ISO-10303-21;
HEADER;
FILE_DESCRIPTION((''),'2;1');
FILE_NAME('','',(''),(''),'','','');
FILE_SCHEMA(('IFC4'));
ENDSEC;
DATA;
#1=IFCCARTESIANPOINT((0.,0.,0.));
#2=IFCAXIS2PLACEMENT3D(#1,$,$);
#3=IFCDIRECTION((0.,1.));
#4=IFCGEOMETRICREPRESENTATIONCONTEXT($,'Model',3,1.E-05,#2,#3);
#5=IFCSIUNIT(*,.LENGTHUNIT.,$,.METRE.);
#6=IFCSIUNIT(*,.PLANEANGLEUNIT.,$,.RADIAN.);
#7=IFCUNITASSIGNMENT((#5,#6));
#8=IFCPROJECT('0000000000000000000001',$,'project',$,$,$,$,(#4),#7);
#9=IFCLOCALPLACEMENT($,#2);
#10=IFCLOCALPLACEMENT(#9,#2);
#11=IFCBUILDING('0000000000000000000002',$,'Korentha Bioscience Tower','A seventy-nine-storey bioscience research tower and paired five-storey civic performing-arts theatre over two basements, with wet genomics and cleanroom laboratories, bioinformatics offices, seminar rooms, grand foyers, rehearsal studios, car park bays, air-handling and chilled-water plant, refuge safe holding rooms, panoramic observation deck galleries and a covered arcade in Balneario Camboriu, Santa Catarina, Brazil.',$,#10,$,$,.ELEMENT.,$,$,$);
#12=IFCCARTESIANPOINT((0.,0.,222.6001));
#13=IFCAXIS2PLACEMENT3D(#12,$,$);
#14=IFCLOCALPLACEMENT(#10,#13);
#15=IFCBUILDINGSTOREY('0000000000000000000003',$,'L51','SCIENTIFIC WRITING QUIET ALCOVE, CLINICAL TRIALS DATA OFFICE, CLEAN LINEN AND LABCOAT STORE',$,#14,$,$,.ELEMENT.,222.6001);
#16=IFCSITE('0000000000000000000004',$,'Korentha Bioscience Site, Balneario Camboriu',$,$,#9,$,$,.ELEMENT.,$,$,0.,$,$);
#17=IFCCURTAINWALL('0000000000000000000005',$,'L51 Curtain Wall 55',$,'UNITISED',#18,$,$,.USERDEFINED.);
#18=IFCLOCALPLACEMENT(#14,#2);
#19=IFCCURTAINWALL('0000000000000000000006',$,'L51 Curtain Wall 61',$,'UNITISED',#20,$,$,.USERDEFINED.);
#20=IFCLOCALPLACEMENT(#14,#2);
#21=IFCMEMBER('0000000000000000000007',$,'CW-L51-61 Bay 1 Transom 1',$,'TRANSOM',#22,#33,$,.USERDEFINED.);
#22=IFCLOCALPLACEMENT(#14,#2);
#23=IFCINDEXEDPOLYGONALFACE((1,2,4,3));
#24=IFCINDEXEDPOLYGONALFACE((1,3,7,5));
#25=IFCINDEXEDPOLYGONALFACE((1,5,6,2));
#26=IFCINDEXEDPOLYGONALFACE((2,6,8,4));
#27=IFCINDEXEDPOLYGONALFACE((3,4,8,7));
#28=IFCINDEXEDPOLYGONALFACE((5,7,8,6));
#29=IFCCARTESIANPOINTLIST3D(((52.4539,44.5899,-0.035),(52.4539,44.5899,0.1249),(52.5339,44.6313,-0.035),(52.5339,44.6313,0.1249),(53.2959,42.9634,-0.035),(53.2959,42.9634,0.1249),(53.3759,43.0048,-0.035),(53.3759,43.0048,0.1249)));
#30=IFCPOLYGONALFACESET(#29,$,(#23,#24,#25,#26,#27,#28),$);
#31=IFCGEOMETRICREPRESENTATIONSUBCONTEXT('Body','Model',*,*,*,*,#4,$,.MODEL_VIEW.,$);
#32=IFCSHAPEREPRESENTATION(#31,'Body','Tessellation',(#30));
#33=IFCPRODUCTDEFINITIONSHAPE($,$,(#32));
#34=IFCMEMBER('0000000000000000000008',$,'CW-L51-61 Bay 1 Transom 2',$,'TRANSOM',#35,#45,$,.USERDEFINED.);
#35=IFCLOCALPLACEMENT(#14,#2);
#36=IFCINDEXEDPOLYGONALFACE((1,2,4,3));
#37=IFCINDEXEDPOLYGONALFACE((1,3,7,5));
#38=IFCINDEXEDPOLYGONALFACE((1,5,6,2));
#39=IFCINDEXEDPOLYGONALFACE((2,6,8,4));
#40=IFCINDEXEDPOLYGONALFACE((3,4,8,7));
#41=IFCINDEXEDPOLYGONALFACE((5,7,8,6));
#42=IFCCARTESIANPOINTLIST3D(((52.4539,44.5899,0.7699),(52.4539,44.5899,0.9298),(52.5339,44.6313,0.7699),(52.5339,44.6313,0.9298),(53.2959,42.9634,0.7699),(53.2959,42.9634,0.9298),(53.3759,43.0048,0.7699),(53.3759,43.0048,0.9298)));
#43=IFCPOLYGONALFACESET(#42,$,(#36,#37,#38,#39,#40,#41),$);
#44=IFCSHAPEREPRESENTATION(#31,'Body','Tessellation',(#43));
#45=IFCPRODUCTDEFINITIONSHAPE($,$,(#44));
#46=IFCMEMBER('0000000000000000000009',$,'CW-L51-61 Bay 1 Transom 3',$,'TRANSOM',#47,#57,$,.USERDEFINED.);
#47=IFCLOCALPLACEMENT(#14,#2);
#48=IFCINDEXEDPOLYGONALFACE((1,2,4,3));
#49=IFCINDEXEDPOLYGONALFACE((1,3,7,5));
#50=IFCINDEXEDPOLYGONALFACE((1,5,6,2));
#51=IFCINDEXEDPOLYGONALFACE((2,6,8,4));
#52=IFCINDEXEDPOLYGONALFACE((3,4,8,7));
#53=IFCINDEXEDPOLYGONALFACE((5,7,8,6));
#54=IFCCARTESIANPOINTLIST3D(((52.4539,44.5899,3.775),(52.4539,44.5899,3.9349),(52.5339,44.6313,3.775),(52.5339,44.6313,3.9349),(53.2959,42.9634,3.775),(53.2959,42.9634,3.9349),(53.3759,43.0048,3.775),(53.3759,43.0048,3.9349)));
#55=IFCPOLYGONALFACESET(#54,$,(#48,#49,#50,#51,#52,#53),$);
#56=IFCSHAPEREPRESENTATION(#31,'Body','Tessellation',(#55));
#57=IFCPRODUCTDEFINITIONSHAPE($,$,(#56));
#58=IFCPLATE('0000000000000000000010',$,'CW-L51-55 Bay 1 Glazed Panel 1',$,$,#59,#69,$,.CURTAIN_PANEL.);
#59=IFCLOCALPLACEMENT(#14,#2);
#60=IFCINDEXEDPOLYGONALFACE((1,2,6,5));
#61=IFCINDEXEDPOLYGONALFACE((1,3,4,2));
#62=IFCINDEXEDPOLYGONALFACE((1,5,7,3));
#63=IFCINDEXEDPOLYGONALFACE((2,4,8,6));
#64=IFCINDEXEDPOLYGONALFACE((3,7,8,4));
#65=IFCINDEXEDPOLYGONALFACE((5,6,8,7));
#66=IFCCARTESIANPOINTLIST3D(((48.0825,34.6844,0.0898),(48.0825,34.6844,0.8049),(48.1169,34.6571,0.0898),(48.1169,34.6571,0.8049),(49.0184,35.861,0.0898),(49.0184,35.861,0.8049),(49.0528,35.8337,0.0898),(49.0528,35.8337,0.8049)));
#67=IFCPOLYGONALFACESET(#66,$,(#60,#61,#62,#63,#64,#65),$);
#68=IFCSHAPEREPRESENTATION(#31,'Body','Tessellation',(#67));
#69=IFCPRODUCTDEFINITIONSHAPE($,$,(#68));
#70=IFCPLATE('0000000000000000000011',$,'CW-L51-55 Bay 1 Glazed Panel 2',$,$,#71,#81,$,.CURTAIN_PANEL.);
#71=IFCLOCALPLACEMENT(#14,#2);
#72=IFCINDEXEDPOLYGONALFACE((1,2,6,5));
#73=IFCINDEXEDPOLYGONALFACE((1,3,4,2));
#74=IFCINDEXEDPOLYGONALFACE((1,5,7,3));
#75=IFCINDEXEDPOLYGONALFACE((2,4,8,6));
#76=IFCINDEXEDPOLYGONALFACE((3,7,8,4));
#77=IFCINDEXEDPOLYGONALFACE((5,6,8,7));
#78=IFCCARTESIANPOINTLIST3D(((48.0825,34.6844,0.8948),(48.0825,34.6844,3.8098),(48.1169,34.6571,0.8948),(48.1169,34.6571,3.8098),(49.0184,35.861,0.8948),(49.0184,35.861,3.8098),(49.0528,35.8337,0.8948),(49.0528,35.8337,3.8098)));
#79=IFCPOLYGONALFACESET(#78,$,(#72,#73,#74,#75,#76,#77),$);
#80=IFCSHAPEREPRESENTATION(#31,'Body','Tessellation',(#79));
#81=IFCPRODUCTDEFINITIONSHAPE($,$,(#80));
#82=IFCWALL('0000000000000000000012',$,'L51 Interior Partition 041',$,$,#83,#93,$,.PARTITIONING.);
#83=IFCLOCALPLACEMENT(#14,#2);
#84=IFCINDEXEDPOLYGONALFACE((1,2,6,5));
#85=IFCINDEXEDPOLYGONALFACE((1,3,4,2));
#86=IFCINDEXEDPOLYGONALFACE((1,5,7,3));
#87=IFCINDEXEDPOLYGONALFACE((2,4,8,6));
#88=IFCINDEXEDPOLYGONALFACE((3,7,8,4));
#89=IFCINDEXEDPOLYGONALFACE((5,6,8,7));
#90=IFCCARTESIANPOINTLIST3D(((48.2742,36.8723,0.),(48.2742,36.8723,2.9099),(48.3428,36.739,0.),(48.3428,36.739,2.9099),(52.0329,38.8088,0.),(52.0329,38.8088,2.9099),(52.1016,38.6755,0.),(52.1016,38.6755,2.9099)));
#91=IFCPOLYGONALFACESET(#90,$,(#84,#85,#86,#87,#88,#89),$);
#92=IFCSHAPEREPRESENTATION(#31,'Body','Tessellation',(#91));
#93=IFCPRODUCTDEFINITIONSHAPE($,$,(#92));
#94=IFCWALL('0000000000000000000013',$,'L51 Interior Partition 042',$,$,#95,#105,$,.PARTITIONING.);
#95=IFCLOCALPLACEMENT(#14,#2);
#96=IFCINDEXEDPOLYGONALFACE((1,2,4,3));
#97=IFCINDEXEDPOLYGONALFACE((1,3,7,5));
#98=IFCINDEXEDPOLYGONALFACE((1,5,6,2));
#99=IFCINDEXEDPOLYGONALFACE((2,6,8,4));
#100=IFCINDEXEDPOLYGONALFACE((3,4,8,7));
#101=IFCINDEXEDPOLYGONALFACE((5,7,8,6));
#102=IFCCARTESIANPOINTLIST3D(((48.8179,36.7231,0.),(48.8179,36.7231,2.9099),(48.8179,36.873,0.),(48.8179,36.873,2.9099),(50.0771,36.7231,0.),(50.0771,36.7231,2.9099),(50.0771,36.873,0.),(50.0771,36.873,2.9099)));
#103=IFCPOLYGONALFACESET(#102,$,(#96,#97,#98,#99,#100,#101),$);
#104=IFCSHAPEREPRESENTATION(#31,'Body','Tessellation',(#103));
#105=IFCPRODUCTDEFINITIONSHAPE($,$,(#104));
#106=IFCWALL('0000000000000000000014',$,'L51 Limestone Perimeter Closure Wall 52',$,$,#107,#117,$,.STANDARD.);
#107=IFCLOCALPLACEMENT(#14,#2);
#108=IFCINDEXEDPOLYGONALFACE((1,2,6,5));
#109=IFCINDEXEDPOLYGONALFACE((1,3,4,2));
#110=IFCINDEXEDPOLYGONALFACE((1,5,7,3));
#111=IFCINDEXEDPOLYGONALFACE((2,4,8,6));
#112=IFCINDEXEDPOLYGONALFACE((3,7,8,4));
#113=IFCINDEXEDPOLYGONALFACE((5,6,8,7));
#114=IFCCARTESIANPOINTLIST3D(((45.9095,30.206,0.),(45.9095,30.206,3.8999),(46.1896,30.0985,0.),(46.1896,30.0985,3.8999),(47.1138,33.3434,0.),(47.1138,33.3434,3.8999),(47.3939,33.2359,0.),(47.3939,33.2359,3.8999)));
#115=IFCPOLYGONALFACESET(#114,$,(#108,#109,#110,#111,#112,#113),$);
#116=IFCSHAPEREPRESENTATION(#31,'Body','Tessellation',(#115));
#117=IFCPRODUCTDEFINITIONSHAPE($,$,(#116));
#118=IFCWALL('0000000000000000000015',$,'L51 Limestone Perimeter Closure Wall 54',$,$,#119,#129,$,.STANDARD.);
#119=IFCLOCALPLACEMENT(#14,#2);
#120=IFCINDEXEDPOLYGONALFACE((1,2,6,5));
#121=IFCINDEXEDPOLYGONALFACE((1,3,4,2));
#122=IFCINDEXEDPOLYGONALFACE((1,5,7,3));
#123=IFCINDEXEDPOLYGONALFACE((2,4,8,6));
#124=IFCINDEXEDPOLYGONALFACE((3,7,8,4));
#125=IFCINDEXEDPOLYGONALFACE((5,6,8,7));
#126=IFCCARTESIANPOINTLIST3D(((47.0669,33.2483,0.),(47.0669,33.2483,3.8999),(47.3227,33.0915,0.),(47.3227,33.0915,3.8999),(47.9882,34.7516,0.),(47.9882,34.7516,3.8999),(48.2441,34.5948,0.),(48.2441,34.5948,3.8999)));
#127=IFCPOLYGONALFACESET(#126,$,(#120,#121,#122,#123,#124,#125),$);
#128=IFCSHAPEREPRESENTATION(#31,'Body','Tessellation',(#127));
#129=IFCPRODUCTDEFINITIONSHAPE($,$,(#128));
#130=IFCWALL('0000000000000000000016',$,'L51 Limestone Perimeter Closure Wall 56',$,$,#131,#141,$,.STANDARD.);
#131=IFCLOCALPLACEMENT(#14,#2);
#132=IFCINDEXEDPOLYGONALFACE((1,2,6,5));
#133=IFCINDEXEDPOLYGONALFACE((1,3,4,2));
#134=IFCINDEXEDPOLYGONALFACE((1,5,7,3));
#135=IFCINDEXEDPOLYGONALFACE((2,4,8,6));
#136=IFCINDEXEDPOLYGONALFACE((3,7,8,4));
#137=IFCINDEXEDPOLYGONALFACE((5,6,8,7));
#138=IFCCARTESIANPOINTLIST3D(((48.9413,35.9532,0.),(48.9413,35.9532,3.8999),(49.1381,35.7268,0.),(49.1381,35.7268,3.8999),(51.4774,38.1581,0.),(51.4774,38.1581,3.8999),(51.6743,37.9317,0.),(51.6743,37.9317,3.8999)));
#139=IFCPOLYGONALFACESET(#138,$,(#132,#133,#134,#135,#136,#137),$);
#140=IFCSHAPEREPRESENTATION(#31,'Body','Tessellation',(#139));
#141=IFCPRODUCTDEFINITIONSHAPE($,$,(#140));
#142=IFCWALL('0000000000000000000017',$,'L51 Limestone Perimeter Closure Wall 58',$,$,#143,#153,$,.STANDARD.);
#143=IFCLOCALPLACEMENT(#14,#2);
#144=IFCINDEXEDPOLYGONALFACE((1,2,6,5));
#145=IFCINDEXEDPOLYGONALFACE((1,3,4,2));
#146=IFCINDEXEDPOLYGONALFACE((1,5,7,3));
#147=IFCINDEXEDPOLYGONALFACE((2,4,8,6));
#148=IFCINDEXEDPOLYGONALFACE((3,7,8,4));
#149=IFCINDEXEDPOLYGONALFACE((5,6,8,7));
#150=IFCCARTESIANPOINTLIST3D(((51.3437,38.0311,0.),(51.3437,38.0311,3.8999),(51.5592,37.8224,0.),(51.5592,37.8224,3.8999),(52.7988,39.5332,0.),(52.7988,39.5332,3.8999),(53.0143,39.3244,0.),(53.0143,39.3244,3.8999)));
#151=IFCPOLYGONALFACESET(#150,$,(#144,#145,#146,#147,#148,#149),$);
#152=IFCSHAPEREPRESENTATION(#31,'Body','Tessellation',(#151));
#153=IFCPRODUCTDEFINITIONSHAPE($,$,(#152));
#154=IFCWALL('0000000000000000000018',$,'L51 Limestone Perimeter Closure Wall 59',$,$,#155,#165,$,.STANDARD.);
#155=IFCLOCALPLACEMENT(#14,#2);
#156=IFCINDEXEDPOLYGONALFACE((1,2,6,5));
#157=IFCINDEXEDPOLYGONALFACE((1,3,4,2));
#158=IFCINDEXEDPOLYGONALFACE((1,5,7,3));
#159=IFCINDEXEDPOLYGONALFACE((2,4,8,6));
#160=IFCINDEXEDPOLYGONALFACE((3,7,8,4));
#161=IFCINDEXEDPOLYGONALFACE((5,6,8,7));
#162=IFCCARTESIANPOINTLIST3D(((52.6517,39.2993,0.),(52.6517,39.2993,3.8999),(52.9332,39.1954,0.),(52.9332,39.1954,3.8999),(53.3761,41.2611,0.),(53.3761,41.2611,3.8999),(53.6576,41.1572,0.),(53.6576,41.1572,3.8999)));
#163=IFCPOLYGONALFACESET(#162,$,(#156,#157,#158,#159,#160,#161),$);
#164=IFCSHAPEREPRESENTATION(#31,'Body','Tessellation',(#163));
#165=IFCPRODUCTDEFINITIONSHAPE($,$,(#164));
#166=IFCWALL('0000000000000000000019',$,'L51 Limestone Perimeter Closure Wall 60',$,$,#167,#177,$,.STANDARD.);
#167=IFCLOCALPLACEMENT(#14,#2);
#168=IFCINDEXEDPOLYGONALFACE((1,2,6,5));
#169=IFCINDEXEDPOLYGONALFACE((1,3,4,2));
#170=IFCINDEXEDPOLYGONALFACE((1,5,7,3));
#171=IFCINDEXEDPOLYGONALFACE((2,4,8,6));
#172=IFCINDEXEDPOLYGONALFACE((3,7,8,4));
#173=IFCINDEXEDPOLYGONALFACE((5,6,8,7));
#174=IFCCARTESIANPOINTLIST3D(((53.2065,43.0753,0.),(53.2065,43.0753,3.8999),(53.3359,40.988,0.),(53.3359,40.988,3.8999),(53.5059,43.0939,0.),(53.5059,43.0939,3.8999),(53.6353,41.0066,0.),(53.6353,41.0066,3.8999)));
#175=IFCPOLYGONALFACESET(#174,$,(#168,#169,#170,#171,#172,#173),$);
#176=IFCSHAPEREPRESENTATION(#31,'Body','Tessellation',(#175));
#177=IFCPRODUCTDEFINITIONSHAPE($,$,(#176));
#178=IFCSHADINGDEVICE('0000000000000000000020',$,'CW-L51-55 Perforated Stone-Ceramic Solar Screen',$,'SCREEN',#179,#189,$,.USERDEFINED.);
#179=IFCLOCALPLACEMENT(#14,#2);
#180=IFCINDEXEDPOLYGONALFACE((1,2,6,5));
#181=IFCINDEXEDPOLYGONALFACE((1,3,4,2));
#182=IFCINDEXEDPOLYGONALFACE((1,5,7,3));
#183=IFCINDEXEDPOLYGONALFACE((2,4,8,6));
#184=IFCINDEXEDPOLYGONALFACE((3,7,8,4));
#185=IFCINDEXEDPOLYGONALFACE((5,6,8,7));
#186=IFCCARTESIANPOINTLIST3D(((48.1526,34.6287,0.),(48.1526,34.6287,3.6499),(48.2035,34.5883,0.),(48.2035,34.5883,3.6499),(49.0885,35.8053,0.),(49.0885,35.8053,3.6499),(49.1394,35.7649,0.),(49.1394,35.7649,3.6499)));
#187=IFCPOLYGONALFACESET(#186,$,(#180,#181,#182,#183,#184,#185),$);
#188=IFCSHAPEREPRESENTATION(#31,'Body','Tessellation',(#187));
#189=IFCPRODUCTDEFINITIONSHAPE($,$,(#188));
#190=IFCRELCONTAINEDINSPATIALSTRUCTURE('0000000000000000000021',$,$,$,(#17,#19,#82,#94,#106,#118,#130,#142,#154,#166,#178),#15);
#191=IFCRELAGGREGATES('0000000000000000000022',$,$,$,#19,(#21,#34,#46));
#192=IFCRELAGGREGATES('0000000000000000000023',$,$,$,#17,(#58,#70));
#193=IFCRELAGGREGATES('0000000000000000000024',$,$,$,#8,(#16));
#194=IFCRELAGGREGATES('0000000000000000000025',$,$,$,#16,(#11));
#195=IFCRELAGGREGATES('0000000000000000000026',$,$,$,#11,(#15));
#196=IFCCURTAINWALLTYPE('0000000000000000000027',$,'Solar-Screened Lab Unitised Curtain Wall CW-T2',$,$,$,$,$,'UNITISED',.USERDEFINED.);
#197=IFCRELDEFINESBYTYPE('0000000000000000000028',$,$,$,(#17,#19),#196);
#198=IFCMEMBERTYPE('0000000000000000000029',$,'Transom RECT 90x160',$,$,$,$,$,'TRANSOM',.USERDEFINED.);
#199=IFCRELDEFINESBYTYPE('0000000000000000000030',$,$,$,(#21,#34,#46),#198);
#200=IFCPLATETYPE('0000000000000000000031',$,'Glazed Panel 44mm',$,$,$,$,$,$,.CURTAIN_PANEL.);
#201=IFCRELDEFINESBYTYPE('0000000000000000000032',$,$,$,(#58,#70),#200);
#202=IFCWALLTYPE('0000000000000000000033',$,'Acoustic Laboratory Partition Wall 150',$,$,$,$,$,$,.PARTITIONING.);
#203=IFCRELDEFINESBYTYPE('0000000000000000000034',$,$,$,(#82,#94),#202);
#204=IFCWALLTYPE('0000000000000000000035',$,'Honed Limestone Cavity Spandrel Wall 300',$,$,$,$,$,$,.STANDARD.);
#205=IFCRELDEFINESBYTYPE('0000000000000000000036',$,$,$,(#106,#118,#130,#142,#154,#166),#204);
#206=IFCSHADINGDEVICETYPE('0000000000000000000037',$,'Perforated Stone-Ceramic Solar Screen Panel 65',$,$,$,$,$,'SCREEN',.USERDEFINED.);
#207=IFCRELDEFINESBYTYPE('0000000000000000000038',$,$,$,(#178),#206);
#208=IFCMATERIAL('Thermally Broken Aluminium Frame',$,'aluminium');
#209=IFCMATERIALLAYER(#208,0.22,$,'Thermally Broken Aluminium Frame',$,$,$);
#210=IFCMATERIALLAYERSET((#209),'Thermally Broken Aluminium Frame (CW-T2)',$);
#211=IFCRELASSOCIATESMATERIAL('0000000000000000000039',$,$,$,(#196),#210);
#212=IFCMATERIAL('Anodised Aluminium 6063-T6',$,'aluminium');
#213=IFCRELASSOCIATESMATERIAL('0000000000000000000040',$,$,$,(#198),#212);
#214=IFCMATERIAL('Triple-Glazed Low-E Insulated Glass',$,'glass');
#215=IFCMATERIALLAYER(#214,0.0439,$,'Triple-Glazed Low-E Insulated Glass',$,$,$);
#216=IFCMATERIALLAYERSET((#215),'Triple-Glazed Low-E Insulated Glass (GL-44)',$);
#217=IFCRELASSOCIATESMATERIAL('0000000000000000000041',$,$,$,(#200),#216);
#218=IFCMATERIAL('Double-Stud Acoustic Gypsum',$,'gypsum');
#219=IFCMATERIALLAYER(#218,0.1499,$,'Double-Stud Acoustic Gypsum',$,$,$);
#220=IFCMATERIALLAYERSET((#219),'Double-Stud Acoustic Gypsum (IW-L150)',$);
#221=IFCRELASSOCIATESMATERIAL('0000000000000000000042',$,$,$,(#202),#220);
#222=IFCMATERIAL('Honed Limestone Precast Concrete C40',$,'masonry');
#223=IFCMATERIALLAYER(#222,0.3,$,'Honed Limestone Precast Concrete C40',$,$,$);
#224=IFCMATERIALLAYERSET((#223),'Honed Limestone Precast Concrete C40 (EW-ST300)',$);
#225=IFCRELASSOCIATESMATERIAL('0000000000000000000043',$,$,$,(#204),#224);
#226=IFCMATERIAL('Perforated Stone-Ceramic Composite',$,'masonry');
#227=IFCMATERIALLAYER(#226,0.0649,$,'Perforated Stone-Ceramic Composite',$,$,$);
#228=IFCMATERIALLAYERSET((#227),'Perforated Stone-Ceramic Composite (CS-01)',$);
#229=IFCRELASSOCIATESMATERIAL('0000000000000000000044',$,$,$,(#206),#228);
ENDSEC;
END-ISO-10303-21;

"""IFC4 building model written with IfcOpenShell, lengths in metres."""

from ifc_helpers import new_model, si_unit, direction, frame, frame_2d, origin, origin_2d, place, context, subcontext, project, spatial, rectangle, extrude, material, layer, layer_set, material_profile, profile_set, type_object, element, aggregate, save


model = new_model("IFC4")

# Units and contexts
model_context = context("Model", 3, precision=1e-05, world=origin(), true_north=direction((0.0, 1.0)))
body_context = subcontext(model_context, "Body", "Model", "MODEL_VIEW")
ifc_project = project(units=[si_unit("LENGTHUNIT", "METRE"), si_unit("PLANEANGLEUNIT", "RADIAN")], contexts=[model_context])

# Site, building, storey
site_placement = place(None, origin())
site = spatial("IfcSite", under=ifc_project, at=site_placement, Name="Korentha Bioscience Site, Balneario Camboriu", CompositionType="ELEMENT", RefElevation=0.0)
building_placement = place(site_placement, origin())
building = spatial("IfcBuilding", under=site, at=building_placement, Name="Korentha Bioscience Tower", Description="A seventy-nine-storey bioscience research tower and paired five-storey civic performing-arts theatre over two basements, with wet genomics and cleanroom laboratories, bioinformatics offices, seminar rooms, grand foyers, rehearsal studios, car park bays, air-handling and chilled-water plant, refuge safe holding rooms, panoramic observation deck galleries and a covered arcade in Balneario Camboriu, Santa Catarina, Brazil.", CompositionType="ELEMENT")
storey_placement = place(building_placement, frame((0.0, 0.0, 222.6001)))
storey = spatial("IfcBuildingStorey", under=building, at=storey_placement, Name="L51", Description="SCIENTIFIC WRITING QUIET ALCOVE, CLINICAL TRIALS DATA OFFICE, CLEAN LINEN AND LABCOAT STORE", CompositionType="ELEMENT", Elevation=222.6001)

# Curtain wall
ifc_material_1 = material(Name="Thermally Broken Aluminium Frame", Category="aluminium")
ifc_layer_1 = layer(ifc_material_1, 0.22, Name="Thermally Broken Aluminium Frame")
ifc_layer_set_1 = layer_set([ifc_layer_1], Name="Thermally Broken Aluminium Frame (CW-T2)")
curtain_wall_type = type_object("IfcCurtainWallType", Name="Solar-Screened Lab Unitised Curtain Wall CW-T2", ElementType="UNITISED", PredefinedType="USERDEFINED", material=ifc_layer_set_1)
curtain_wall_1_placement = place(storey_placement, origin())
curtain_wall_1 = element("IfcCurtainWall", 1, at=curtain_wall_1_placement, inside=storey, type_object=curtain_wall_type, Name="L51 Curtain Wall 55", ObjectType="UNITISED", PredefinedType="USERDEFINED")
ifc_material_2 = material(Name="Anodised Aluminium 6063-T6", Category="aluminium")

# Curtain wall
curtain_wall_2_placement = place(storey_placement, origin())
curtain_wall_2 = element("IfcCurtainWall", 2, at=curtain_wall_2_placement, inside=storey, type_object=curtain_wall_type, Name="L51 Curtain Wall 61", ObjectType="UNITISED", PredefinedType="USERDEFINED")

# Members
ifc_material_profile_1 = material_profile(ifc_material_2, rectangle(XDim=0.0901, YDim=0.1599, at=origin_2d()), Name="Anodised Aluminium 6063-T6")
ifc_profile_set_1 = profile_set([ifc_material_profile_1], Name="Anodised Aluminium 6063-T6 (CW-TRN)")
member_type_1 = type_object("IfcMemberType", Name="Transom RECT 90x160", ElementType="TRANSOM", PredefinedType="USERDEFINED", material=ifc_profile_set_1)
member_1_placement = place(storey_placement, frame((53.3359, 42.9841, 0.0449), z_axis=(-0.459753, 0.888047, 0.0), x_axis=(-0.888047, -0.459753, 0.0)))
member_1 = element("IfcMember", 3, at=member_1_placement, type_object=member_type_1, Name="CW-L51-61 Bay 1 Transom 1", ObjectType="TRANSOM", PredefinedType="USERDEFINED", context=body_context, shape_type="SweptSolid", body=[
    extrude(rectangle(XDim=0.0901, YDim=0.1599, at=origin_2d()), origin(), (0.0, 0.0, 1.0), 1.8315),
])
member_2_placement = place(storey_placement, frame((53.3359, 42.9841, 0.8499), z_axis=(-0.459753, 0.888047, 0.0), x_axis=(-0.888047, -0.459753, 0.0)))
member_2 = element("IfcMember", 4, at=member_2_placement, type_object=member_type_1, Name="CW-L51-61 Bay 1 Transom 2", ObjectType="TRANSOM", PredefinedType="USERDEFINED", context=body_context, shape_type="SweptSolid", body=[
    extrude(rectangle(XDim=0.0901, YDim=0.1599, at=origin_2d()), origin(), (0.0, 0.0, 1.0), 1.8315),
])
member_3_placement = place(storey_placement, frame((53.3359, 42.9841, 3.855), z_axis=(-0.459753, 0.888047, 0.0), x_axis=(-0.888047, -0.459753, 0.0)))
member_3 = element("IfcMember", 5, at=member_3_placement, type_object=member_type_1, Name="CW-L51-61 Bay 1 Transom 3", ObjectType="TRANSOM", PredefinedType="USERDEFINED", context=body_context, shape_type="SweptSolid", body=[
    extrude(rectangle(XDim=0.0901, YDim=0.1599, at=origin_2d()), origin(), (0.0, 0.0, 1.0), 1.8315),
])
aggregate(curtain_wall_2, [member_1, member_2, member_3])

# Plates
ifc_material_3 = material(Name="Triple-Glazed Low-E Insulated Glass", Category="glass")
ifc_layer_2 = layer(ifc_material_3, 0.0439, Name="Triple-Glazed Low-E Insulated Glass")
ifc_layer_set_2 = layer_set([ifc_layer_2], Name="Triple-Glazed Low-E Insulated Glass (GL-44)")
plate_type = type_object("IfcPlateType", Name="Glazed Panel 44mm", PredefinedType="CURTAIN_PANEL", material=ifc_layer_set_2)
plate_1_placement = place(storey_placement, frame((48.5676, 35.259, 0.0898), z_axis=(0.0, 0.0, 1.0), x_axis=(0.622512, 0.78261, 0.0)))
plate_1 = element("IfcPlate", 6, at=plate_1_placement, type_object=plate_type, Name="CW-L51-55 Bay 1 Glazed Panel 1", PredefinedType="CURTAIN_PANEL", context=body_context, shape_type="SweptSolid", body=[
    extrude(rectangle(XDim=1.5034, YDim=0.0439, at=origin_2d()), origin(), (0.0, 0.0, 1.0), 0.7151),
])
plate_2_placement = place(storey_placement, frame((48.5676, 35.259, 0.8948), z_axis=(0.0, 0.0, 1.0), x_axis=(0.622512, 0.78261, 0.0)))
plate_2 = element("IfcPlate", 7, at=plate_2_placement, type_object=plate_type, Name="CW-L51-55 Bay 1 Glazed Panel 2", PredefinedType="CURTAIN_PANEL", context=body_context, shape_type="SweptSolid", body=[
    extrude(rectangle(XDim=1.5034, YDim=0.0439, at=origin_2d()), origin(), (0.0, 0.0, 1.0), 2.915),
])
aggregate(curtain_wall_1, [plate_1, plate_2])

# Walls
ifc_material_4 = material(Name="Double-Stud Acoustic Gypsum", Category="gypsum")
ifc_layer_3 = layer(ifc_material_4, 0.1499, Name="Double-Stud Acoustic Gypsum")
ifc_layer_set_3 = layer_set([ifc_layer_3], Name="Double-Stud Acoustic Gypsum (IW-L150)")
wall_type_1 = type_object("IfcWallType", Name="Acoustic Laboratory Partition Wall 150", PredefinedType="PARTITIONING", material=ifc_layer_set_3)
wall_1_placement = place(storey_placement, frame((52.0674, 38.7422, 0.0), z_axis=(0.0, 0.0, 1.0), x_axis=(-0.888957, -0.45799, 0.0)))
element("IfcWall", 8, at=wall_1_placement, inside=storey, type_object=wall_type_1, Name="L51 Interior Partition 041", PredefinedType="PARTITIONING", context=body_context, shape_type="SweptSolid", body=[
    extrude(rectangle(XDim=4.2283, YDim=0.1499, at=frame_2d((2.1143, 0.0))), origin(), (0.0, 0.0, 1.0), 2.9099),
])
wall_2_placement = place(storey_placement, frame((48.8179, 36.7981, 0.0), z_axis=(0.0, 0.0, 1.0), x_axis=(1.0, 0.0, 0.0)))
element("IfcWall", 9, at=wall_2_placement, inside=storey, type_object=wall_type_1, Name="L51 Interior Partition 042", PredefinedType="PARTITIONING", context=body_context, shape_type="SweptSolid", body=[
    extrude(rectangle(XDim=1.2593, YDim=0.1499, at=frame_2d((0.6296, 0.0))), origin(), (0.0, 0.0, 1.0), 2.9099),
])
ifc_material_5 = material(Name="Honed Limestone Precast Concrete C40", Category="masonry")
ifc_layer_4 = layer(ifc_material_5, 0.3, Name="Honed Limestone Precast Concrete C40")
ifc_layer_set_4 = layer_set([ifc_layer_4], Name="Honed Limestone Precast Concrete C40 (EW-ST300)")
wall_type_2 = type_object("IfcWallType", Name="Honed Limestone Cavity Spandrel Wall 300", PredefinedType="STANDARD", material=ifc_layer_set_4)
wall_3_placement = place(storey_placement, frame((46.0496, 30.1523, 0.0), z_axis=(0.0, 0.0, 1.0), x_axis=(0.358366, 0.933581, 0.0)))
element("IfcWall", 10, at=wall_3_placement, inside=storey, type_object=wall_type_2, Name="L51 Limestone Perimeter Closure Wall 52", PredefinedType="STANDARD", context=body_context, shape_type="SweptSolid", body=[
    extrude(rectangle(XDim=3.3606, YDim=0.3, at=frame_2d((1.6802, 0.0))), origin(), (0.0, 0.0, 1.0), 3.8999),
])
wall_4_placement = place(storey_placement, frame((47.1948, 33.1699, 0.0), z_axis=(0.0, 0.0, 1.0), x_axis=(0.522536, 0.852617, 0.0)))
element("IfcWall", 11, at=wall_4_placement, inside=storey, type_object=wall_type_2, Name="L51 Limestone Perimeter Closure Wall 54", PredefinedType="STANDARD", context=body_context, shape_type="SweptSolid", body=[
    extrude(rectangle(XDim=1.7632, YDim=0.3, at=frame_2d((0.8816, 0.0))), origin(), (0.0, 0.0, 1.0), 3.8999),
])
wall_5_placement = place(storey_placement, frame((49.0398, 35.8401, 0.0), z_axis=(0.0, 0.0, 1.0), x_axis=(0.754679, 0.656094, 0.0)))
element("IfcWall", 12, at=wall_5_placement, inside=storey, type_object=wall_type_2, Name="L51 Limestone Perimeter Closure Wall 56", PredefinedType="STANDARD", context=body_context, shape_type="SweptSolid", body=[
    extrude(rectangle(XDim=3.3606, YDim=0.3, at=frame_2d((1.6802, 0.0))), origin(), (0.0, 0.0, 1.0), 3.8999),
])
for number, where, z_axis, x_axis, name in (
    (13, (51.4514, 37.9268, 0.0), (0.0, 0.0, 1.0), (0.69581, 0.718226, 0.0), "L51 Limestone Perimeter Closure Wall 58"),
    (14, (52.7925, 39.2473, 0.0), (0.0, 0.0, 1.0), (0.34636, 0.938102, 0.0), "L51 Limestone Perimeter Closure Wall 59"),
    (15, (53.4856, 40.9973, 0.0), (0.0, 0.0, 1.0), (-0.06187, 0.998084, 0.0), "L51 Limestone Perimeter Closure Wall 60"),
):
    element("IfcWall", number, at=place(storey_placement, frame(where, z_axis=z_axis, x_axis=x_axis)), inside=storey, type_object=wall_type_2, Name=name, PredefinedType="STANDARD", context=body_context, shape_type="SweptSolid", body=[
        extrude(rectangle(XDim=2.0913, YDim=0.3, at=frame_2d((1.0457, 0.0))), origin(), (0.0, 0.0, 1.0), 3.8999),
    ])

# Shading device
ifc_material_6 = material(Name="Perforated Stone-Ceramic Composite", Category="masonry")
ifc_layer_5 = layer(ifc_material_6, 0.0649, Name="Perforated Stone-Ceramic Composite")
ifc_layer_set_5 = layer_set([ifc_layer_5], Name="Perforated Stone-Ceramic Composite (CS-01)")
shading_device_type_1 = type_object("IfcShadingDeviceType", Name="Perforated Stone-Ceramic Solar Screen Panel 65", ElementType="SCREEN", PredefinedType="USERDEFINED", material=ifc_layer_set_5)
shading_device_1_placement = place(storey_placement, frame((48.646, 35.1968, 0.0), z_axis=(0.0, 0.0, 1.0), x_axis=(0.622512, 0.78261, 0.0)))
element("IfcShadingDevice", 16, at=shading_device_1_placement, inside=storey, type_object=shading_device_type_1, Name="CW-L51-55 Perforated Stone-Ceramic Solar Screen", ObjectType="SCREEN", PredefinedType="USERDEFINED", context=body_context, shape_type="SweptSolid", body=[
    extrude(rectangle(XDim=1.5034, YDim=0.0649, at=origin_2d()), origin(), (0.0, 0.0, 1.0), 3.6499),
])

save(model, "model.ifc")
